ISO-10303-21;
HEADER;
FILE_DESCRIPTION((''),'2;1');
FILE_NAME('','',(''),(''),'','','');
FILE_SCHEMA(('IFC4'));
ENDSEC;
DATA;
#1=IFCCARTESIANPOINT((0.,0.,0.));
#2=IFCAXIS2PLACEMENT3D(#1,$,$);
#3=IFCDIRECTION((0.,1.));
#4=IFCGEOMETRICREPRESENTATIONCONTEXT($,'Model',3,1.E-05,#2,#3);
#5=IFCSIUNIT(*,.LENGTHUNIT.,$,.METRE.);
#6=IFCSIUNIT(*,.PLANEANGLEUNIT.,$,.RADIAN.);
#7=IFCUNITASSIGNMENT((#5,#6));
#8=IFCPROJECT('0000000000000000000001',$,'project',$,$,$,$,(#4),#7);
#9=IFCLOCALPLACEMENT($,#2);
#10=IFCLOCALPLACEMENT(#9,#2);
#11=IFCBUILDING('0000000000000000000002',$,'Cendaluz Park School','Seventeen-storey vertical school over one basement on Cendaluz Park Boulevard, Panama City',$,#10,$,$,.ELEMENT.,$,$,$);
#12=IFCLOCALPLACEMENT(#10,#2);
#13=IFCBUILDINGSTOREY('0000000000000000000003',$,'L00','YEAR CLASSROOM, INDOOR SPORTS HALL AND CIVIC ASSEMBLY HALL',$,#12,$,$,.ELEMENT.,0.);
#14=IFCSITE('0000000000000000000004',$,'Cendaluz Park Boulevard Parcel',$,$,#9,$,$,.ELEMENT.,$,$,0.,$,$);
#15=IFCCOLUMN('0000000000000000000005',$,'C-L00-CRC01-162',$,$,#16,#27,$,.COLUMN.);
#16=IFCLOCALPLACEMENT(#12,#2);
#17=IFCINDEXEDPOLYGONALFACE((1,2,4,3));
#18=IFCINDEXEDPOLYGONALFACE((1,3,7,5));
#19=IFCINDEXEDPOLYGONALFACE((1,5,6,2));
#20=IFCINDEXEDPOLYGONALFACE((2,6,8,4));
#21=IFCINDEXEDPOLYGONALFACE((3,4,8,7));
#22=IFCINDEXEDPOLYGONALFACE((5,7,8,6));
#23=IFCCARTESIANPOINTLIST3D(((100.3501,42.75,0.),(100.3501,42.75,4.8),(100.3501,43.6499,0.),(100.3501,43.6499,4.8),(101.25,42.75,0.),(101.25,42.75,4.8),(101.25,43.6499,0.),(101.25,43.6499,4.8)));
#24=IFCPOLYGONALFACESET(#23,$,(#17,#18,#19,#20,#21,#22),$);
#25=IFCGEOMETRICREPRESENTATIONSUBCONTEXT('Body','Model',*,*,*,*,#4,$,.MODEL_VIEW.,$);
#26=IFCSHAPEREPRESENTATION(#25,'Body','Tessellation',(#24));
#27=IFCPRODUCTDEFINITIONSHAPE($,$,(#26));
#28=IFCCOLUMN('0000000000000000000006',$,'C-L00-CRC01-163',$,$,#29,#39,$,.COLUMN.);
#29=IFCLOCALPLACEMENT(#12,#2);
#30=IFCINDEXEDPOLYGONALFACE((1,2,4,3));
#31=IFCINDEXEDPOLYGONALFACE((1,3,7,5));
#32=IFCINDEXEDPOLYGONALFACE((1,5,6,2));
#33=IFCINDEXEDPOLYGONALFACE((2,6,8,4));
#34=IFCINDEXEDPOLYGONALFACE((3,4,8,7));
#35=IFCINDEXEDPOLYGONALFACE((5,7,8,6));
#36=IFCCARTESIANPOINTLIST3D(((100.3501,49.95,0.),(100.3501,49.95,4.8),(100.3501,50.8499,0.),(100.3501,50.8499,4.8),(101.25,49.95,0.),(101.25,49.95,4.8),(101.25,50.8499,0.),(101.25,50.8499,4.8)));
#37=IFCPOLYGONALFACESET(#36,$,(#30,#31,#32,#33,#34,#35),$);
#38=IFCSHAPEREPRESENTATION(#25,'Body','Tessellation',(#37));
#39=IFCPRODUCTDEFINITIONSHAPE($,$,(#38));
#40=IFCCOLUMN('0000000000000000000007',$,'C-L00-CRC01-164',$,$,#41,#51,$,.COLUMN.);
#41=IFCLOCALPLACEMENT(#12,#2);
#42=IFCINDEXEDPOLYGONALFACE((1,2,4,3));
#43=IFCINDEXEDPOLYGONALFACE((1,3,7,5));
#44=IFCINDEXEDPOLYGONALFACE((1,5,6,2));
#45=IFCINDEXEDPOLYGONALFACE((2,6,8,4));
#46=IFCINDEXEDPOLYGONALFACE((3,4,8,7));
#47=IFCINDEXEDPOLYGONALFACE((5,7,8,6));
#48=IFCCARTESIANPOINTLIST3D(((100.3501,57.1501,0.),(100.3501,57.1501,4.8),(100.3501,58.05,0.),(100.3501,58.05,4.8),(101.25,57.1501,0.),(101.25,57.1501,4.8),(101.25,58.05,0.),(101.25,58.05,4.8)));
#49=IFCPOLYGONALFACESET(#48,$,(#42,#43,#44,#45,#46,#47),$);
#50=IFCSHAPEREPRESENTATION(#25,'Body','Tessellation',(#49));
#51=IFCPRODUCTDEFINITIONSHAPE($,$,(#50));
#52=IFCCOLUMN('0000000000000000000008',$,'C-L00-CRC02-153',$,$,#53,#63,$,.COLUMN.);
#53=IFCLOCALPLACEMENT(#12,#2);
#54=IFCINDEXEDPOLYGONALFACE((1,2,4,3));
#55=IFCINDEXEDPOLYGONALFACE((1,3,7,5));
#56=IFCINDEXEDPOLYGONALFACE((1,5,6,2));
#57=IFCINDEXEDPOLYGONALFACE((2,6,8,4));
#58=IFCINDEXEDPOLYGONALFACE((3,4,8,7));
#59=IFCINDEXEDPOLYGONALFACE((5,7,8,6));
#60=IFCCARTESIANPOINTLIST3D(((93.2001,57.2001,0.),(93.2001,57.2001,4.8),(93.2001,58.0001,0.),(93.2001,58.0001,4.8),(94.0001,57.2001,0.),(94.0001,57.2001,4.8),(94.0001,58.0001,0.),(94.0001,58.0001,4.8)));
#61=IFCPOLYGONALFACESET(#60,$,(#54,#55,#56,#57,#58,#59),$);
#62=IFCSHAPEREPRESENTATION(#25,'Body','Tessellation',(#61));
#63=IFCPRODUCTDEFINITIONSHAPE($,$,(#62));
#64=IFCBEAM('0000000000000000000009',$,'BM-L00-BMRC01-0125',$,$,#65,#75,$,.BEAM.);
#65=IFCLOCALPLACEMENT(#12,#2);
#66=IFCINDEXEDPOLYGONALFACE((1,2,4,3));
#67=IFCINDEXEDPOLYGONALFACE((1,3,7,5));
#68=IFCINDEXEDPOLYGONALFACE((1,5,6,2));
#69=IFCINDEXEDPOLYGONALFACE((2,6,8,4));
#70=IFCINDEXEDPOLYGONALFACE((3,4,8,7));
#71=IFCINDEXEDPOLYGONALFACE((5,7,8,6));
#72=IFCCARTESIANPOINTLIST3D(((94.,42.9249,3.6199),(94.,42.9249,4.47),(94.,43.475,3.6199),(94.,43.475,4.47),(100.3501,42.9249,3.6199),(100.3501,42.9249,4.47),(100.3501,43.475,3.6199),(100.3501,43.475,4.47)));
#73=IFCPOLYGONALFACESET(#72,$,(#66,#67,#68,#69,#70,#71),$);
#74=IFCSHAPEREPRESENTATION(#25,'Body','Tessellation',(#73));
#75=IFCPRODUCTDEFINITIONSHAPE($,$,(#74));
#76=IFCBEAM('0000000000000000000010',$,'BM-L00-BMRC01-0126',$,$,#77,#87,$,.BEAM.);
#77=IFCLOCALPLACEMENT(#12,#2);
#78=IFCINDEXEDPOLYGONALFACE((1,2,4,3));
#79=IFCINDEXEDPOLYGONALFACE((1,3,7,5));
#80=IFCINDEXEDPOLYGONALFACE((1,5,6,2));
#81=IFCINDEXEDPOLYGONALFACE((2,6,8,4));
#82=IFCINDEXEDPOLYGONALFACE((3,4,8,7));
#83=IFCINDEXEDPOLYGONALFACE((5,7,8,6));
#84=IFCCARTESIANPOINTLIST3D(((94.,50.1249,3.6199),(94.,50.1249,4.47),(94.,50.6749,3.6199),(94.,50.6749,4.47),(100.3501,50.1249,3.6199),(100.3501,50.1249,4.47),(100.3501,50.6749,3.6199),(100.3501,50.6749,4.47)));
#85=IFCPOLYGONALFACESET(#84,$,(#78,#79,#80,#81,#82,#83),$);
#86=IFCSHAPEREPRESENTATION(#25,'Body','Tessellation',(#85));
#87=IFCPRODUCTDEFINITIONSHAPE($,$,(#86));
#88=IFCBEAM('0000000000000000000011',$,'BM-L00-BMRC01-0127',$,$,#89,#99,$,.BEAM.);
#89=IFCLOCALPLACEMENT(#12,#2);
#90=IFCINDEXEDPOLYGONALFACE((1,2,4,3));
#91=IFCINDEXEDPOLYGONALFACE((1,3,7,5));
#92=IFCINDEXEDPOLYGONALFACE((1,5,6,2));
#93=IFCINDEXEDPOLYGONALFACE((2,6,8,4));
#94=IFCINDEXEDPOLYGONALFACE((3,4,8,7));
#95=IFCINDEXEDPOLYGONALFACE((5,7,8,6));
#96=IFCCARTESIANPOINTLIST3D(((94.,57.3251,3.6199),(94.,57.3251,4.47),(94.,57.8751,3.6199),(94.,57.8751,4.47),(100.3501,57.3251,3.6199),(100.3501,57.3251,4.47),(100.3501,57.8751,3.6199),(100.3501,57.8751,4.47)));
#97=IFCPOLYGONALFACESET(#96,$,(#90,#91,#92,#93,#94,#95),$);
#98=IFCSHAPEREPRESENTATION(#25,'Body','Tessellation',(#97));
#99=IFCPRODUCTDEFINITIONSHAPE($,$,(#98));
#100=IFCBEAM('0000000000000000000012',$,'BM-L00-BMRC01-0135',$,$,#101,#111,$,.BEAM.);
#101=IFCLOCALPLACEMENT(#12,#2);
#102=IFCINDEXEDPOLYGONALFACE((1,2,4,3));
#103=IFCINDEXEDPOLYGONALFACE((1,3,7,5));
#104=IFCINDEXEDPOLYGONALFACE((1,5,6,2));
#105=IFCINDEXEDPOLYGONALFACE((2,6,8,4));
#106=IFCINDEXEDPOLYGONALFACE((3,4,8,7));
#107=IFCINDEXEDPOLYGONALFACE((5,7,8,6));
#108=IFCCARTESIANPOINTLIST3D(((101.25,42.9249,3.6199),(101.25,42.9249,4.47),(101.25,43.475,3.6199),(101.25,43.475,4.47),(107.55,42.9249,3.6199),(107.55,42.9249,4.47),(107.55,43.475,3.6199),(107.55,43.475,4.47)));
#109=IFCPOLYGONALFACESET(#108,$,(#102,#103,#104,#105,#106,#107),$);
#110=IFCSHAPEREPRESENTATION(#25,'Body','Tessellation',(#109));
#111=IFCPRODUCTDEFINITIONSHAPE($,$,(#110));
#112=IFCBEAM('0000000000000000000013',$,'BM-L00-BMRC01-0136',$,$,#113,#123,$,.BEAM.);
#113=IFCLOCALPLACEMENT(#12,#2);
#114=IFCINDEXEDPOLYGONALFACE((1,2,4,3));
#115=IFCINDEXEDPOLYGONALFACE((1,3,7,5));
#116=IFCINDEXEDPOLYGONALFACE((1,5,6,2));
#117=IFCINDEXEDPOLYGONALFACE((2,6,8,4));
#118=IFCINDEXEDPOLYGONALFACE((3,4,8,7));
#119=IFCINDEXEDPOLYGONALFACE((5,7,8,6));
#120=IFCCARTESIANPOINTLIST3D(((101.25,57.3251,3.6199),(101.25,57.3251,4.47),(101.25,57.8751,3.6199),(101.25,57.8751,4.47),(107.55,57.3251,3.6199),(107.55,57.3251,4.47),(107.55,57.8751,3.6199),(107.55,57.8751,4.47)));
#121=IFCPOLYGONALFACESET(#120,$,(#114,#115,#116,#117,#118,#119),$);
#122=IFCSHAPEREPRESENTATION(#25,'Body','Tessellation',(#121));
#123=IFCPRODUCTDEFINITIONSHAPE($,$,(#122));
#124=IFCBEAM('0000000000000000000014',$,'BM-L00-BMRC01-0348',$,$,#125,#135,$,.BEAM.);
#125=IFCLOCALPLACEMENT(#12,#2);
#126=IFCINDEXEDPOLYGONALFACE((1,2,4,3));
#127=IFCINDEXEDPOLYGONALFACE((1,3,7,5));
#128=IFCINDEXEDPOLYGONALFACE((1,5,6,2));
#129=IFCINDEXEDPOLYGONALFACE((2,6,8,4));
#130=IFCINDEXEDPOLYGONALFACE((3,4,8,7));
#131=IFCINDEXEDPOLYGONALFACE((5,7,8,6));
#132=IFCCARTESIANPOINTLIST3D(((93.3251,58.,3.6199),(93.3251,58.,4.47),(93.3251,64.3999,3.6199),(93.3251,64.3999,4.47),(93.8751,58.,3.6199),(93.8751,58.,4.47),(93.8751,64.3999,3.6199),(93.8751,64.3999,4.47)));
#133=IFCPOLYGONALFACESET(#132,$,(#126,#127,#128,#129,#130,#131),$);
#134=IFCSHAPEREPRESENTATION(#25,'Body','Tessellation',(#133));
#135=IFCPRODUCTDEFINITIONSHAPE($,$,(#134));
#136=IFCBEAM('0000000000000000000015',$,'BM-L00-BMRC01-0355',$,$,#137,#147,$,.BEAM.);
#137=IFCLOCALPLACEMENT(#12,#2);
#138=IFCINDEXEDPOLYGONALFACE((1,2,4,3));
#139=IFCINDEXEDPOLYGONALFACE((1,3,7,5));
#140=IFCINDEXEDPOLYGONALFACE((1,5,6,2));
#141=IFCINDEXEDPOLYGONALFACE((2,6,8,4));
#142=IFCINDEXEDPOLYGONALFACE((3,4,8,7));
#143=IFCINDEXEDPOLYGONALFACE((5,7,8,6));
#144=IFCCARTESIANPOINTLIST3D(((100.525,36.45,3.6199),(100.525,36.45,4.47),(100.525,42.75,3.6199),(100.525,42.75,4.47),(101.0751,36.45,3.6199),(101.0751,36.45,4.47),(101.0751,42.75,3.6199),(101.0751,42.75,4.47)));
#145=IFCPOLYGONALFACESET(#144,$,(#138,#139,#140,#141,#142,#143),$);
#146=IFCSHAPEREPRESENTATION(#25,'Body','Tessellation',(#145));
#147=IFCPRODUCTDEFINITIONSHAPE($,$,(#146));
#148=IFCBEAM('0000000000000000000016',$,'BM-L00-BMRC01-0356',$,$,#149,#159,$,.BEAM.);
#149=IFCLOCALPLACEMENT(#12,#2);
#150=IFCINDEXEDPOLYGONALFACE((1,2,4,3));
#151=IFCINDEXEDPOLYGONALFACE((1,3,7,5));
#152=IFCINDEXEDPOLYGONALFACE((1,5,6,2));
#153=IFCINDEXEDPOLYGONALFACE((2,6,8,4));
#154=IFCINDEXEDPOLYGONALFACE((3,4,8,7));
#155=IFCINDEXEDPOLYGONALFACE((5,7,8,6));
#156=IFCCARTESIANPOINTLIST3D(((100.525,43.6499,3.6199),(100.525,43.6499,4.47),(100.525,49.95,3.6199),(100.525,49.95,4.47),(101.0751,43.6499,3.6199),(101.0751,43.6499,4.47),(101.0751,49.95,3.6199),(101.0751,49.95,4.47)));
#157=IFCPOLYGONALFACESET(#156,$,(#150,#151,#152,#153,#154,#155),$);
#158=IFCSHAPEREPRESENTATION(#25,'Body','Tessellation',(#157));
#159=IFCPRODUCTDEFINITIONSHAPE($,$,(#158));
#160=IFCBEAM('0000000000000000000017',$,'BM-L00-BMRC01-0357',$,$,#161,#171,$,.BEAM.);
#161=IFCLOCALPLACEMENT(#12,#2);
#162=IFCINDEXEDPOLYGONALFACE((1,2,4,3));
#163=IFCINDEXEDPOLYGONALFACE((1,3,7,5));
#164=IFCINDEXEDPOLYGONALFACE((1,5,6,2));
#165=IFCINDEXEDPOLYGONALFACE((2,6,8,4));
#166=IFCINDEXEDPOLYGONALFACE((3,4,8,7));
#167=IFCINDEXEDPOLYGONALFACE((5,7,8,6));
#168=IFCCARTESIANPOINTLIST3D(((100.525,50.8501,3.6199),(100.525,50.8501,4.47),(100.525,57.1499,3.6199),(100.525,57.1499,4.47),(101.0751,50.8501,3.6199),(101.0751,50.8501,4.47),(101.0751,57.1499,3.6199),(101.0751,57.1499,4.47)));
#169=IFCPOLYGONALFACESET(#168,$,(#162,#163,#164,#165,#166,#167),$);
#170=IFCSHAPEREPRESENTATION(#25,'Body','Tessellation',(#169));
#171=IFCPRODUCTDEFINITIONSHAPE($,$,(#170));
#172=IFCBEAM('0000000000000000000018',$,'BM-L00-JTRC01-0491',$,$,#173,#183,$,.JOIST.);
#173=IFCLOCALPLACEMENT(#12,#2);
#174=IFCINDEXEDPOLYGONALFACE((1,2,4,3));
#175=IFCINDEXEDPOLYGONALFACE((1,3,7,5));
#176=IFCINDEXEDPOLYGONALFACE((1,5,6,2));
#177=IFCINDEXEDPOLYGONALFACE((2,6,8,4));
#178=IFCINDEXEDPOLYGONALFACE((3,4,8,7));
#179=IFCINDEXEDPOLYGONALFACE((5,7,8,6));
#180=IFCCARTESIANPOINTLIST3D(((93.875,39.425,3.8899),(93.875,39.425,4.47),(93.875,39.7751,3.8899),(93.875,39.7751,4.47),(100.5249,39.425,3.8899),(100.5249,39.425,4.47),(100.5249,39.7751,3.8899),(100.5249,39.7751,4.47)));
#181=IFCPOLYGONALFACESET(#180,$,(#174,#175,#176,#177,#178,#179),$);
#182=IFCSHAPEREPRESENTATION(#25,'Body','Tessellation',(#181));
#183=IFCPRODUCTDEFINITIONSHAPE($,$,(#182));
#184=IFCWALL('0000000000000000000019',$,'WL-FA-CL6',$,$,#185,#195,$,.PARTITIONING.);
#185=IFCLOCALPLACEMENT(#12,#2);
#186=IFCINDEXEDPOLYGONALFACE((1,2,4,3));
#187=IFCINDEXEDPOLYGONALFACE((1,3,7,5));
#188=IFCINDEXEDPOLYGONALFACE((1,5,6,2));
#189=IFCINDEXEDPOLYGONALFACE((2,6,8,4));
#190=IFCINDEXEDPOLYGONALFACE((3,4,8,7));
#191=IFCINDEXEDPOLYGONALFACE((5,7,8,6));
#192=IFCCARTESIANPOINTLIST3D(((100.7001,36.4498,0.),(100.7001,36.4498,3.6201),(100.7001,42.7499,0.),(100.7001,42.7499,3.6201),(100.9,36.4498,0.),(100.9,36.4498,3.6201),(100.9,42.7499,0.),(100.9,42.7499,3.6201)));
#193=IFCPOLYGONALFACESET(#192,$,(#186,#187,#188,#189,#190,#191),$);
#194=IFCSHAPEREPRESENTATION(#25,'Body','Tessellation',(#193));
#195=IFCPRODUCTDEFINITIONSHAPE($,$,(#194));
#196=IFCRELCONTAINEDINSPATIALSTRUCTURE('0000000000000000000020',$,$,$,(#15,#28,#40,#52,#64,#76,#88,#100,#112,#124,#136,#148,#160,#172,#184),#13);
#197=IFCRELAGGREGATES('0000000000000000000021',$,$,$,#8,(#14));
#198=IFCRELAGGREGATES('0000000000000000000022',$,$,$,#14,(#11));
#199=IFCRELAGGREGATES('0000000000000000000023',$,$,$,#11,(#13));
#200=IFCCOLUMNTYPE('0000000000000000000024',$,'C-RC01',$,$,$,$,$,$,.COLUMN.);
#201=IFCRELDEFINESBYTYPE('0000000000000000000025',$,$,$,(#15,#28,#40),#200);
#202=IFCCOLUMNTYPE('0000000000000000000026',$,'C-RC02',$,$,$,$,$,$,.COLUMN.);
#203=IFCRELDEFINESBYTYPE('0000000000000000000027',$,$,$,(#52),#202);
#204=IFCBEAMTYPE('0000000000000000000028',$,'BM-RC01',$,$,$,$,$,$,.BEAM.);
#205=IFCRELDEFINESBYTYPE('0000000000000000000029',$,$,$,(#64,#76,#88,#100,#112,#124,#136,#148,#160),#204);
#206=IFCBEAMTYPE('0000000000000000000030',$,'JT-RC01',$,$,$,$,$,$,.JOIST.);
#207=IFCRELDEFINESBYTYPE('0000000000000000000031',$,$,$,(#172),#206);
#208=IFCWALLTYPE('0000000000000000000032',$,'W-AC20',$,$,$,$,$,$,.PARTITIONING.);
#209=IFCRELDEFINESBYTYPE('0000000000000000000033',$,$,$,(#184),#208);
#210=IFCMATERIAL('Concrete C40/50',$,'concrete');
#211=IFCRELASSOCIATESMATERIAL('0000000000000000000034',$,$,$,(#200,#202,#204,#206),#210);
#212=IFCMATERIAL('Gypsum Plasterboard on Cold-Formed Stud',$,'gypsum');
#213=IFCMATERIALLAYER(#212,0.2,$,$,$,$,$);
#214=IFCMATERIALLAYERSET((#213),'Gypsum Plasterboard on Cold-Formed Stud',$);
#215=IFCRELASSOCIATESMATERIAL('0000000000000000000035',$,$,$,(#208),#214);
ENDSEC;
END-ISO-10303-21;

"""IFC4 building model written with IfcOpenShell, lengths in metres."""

from ifc_helpers import new_model, si_unit, direction, frame, frame_2d, origin, origin_2d, place, context, subcontext, project, spatial, rectangle, extrude, material, layer, layer_set, material_profile, profile_set, type_object, element, save


model = new_model("IFC4")

# Units and contexts
model_context = context("Model", 3, precision=1e-05, world=origin(), true_north=direction((0.0, 1.0)))
body_context = subcontext(model_context, "Body", "Model", "MODEL_VIEW")
ifc_project = project(units=[si_unit("LENGTHUNIT", "METRE"), si_unit("PLANEANGLEUNIT", "RADIAN")], contexts=[model_context])

# Site, building, storey
site_placement = place(None, origin())
site = spatial("IfcSite", under=ifc_project, at=site_placement, Name="Cendaluz Park Boulevard Parcel", CompositionType="ELEMENT", RefElevation=0.0)
building_placement = place(site_placement, origin())
building = spatial("IfcBuilding", under=site, at=building_placement, Name="Cendaluz Park School", Description="Seventeen-storey vertical school over one basement on Cendaluz Park Boulevard, Panama City", CompositionType="ELEMENT")
storey_placement = place(building_placement, origin())
storey = spatial("IfcBuildingStorey", under=building, at=storey_placement, Name="L00", Description="YEAR CLASSROOM, INDOOR SPORTS HALL AND CIVIC ASSEMBLY HALL", CompositionType="ELEMENT", Elevation=0.0)

# Columns
ifc_material_1 = material(Name="Concrete C40/50", Category="concrete")
ifc_material_profile_1 = material_profile(ifc_material_1, rectangle(XDim=0.8999, YDim=0.8999, at=origin_2d()), Name="RC 900x900", Category="concrete")
ifc_profile_set_1 = profile_set([ifc_material_profile_1], Name="Concrete C40/50")
column_type_1 = type_object("IfcColumnType", Name="C-RC01", PredefinedType="COLUMN", material=ifc_profile_set_1)
for number, where, z_axis, x_axis, name in (
    (1, (100.8, 43.2, 0.0), (0.0, 0.0, 1.0), (1.0, 0.0, 0.0), "C-L00-CRC01-162"),
    (2, (100.8, 50.3999, 0.0), (0.0, 0.0, 1.0), (1.0, 0.0, 0.0), "C-L00-CRC01-163"),
    (3, (100.8, 57.6001, 0.0), (0.0, 0.0, 1.0), (1.0, 0.0, 0.0), "C-L00-CRC01-164"),
):
    element("IfcColumn", number, at=place(storey_placement, frame(where, z_axis=z_axis, x_axis=x_axis)), inside=storey, type_object=column_type_1, Name=name, PredefinedType="COLUMN", context=body_context, shape_type="SweptSolid", body=[
        extrude(rectangle(XDim=0.8999, YDim=0.8999, at=origin_2d()), origin(), (0.0, 0.0, 1.0), 4.8),
    ])
ifc_material_profile_2 = material_profile(ifc_material_1, rectangle(XDim=0.8, YDim=0.8, at=origin_2d()), Name="RC 800x800", Category="concrete")
ifc_profile_set_2 = profile_set([ifc_material_profile_2], Name="Concrete C40/50")
column_type_2 = type_object("IfcColumnType", Name="C-RC02", PredefinedType="COLUMN", material=ifc_profile_set_2)
column_placement = place(storey_placement, frame((93.6001, 57.6001, 0.0), z_axis=(0.0, 0.0, 1.0), x_axis=(1.0, 0.0, 0.0)))
element("IfcColumn", 4, at=column_placement, inside=storey, type_object=column_type_2, Name="C-L00-CRC02-153", PredefinedType="COLUMN", context=body_context, shape_type="SweptSolid", body=[
    extrude(rectangle(XDim=0.8, YDim=0.8, at=origin_2d()), origin(), (0.0, 0.0, 1.0), 4.8),
])

# Beams
ifc_material_profile_3 = material_profile(ifc_material_1, rectangle(XDim=0.55, YDim=0.8501, at=origin_2d()), Name="RC 550x850", Category="concrete")
ifc_profile_set_3 = profile_set([ifc_material_profile_3], Name="Concrete C40/50")
beam_type_1 = type_object("IfcBeamType", Name="BM-RC01", PredefinedType="BEAM", material=ifc_profile_set_3)
for number, where, z_axis, x_axis, name in (
    (5, (94.0, 43.2, 4.0449), (1.0, 0.0, 0.0), (0.0, 1.0, 0.0), "BM-L00-BMRC01-0125"),
    (6, (94.0, 50.3999, 4.0449), (1.0, 0.0, 0.0), (0.0, 1.0, 0.0), "BM-L00-BMRC01-0126"),
    (7, (94.0, 57.6001, 4.0449), (1.0, 0.0, 0.0), (0.0, 1.0, 0.0), "BM-L00-BMRC01-0127"),
):
    element("IfcBeam", number, at=place(storey_placement, frame(where, z_axis=z_axis, x_axis=x_axis)), inside=storey, type_object=beam_type_1, Name=name, PredefinedType="BEAM", context=body_context, shape_type="SweptSolid", body=[
        extrude(rectangle(XDim=0.55, YDim=0.8501, at=origin_2d()), origin(), (0.0, 0.0, 1.0), 6.3501),
    ])
for number, where, z_axis, x_axis, name in (
    (8, (101.25, 43.2, 4.0449), (1.0, 0.0, 0.0), (0.0, 1.0, 0.0), "BM-L00-BMRC01-0135"),
    (9, (101.25, 57.6001, 4.0449), (1.0, 0.0, 0.0), (0.0, 1.0, 0.0), "BM-L00-BMRC01-0136"),
):
    element("IfcBeam", number, at=place(storey_placement, frame(where, z_axis=z_axis, x_axis=x_axis)), inside=storey, type_object=beam_type_1, Name=name, PredefinedType="BEAM", context=body_context, shape_type="SweptSolid", body=[
        extrude(rectangle(XDim=0.55, YDim=0.8501, at=origin_2d()), origin(), (0.0, 0.0, 1.0), 6.3),
    ])
beam_1_placement = place(storey_placement, frame((93.6001, 58.0, 4.0449), z_axis=(0.0, 1.0, 0.0), x_axis=(-1.0, 0.0, 0.0)))
element("IfcBeam", 10, at=beam_1_placement, inside=storey, type_object=beam_type_1, Name="BM-L00-BMRC01-0348", PredefinedType="BEAM", context=body_context, shape_type="SweptSolid", body=[
    extrude(rectangle(XDim=0.55, YDim=0.8501, at=origin_2d()), origin(), (0.0, 0.0, 1.0), 6.3999),
])
for number, where, z_axis, x_axis, name in (
    (11, (100.8, 36.45, 4.0449), (0.0, 1.0, 0.0), (-1.0, 0.0, 0.0), "BM-L00-BMRC01-0355"),
    (12, (100.8, 43.6499, 4.0449), (0.0, 1.0, 0.0), (-1.0, 0.0, 0.0), "BM-L00-BMRC01-0356"),
):
    element("IfcBeam", number, at=place(storey_placement, frame(where, z_axis=z_axis, x_axis=x_axis)), inside=storey, type_object=beam_type_1, Name=name, PredefinedType="BEAM", context=body_context, shape_type="SweptSolid", body=[
        extrude(rectangle(XDim=0.55, YDim=0.8501, at=origin_2d()), origin(), (0.0, 0.0, 1.0), 6.3),
    ])
beam_2_placement = place(storey_placement, frame((100.8, 50.8501, 4.0449), z_axis=(0.0, 1.0, 0.0), x_axis=(-1.0, 0.0, 0.0)))
element("IfcBeam", 13, at=beam_2_placement, inside=storey, type_object=beam_type_1, Name="BM-L00-BMRC01-0357", PredefinedType="BEAM", context=body_context, shape_type="SweptSolid", body=[
    extrude(rectangle(XDim=0.55, YDim=0.8501, at=origin_2d()), origin(), (0.0, 0.0, 1.0), 6.2998),
])
ifc_material_profile_4 = material_profile(ifc_material_1, rectangle(XDim=0.3501, YDim=0.5801, at=origin_2d()), Name="RC 350x580", Category="concrete")
ifc_profile_set_4 = profile_set([ifc_material_profile_4], Name="Concrete C40/50")
beam_type_2 = type_object("IfcBeamType", Name="JT-RC01", PredefinedType="JOIST", material=ifc_profile_set_4)
beam_3_placement = place(storey_placement, frame((93.875, 39.6001, 4.1799), z_axis=(1.0, 0.0, 0.0), x_axis=(0.0, 1.0, 0.0)))
element("IfcBeam", 14, at=beam_3_placement, inside=storey, type_object=beam_type_2, Name="BM-L00-JTRC01-0491", PredefinedType="JOIST", context=body_context, shape_type="SweptSolid", body=[
    extrude(rectangle(XDim=0.3501, YDim=0.5801, at=origin_2d()), origin(), (0.0, 0.0, 1.0), 6.6499),
])

# Wall
ifc_material_2 = material(Name="Gypsum Plasterboard on Cold-Formed Stud", Category="gypsum")
ifc_layer_1 = layer(ifc_material_2, 0.2)
ifc_layer_set_1 = layer_set([ifc_layer_1], Name="Gypsum Plasterboard on Cold-Formed Stud")
wall_type_1 = type_object("IfcWallType", Name="W-AC20", PredefinedType="PARTITIONING", material=ifc_layer_set_1)
wall_1_placement = place(storey_placement, frame((100.8, 36.45, 0.0), z_axis=(0.0, 0.0, 1.0), x_axis=(0.0, 1.0, 0.0)))
element("IfcWall", 15, at=wall_1_placement, inside=storey, type_object=wall_type_1, Name="WL-FA-CL6", PredefinedType="PARTITIONING", context=body_context, shape_type="SweptSolid", body=[
    extrude(rectangle(XDim=6.3, YDim=0.2, at=frame_2d((3.1499, 0.0))), origin(), (0.0, 0.0, 1.0), 3.6201),
])

save(model, "model.ifc")
